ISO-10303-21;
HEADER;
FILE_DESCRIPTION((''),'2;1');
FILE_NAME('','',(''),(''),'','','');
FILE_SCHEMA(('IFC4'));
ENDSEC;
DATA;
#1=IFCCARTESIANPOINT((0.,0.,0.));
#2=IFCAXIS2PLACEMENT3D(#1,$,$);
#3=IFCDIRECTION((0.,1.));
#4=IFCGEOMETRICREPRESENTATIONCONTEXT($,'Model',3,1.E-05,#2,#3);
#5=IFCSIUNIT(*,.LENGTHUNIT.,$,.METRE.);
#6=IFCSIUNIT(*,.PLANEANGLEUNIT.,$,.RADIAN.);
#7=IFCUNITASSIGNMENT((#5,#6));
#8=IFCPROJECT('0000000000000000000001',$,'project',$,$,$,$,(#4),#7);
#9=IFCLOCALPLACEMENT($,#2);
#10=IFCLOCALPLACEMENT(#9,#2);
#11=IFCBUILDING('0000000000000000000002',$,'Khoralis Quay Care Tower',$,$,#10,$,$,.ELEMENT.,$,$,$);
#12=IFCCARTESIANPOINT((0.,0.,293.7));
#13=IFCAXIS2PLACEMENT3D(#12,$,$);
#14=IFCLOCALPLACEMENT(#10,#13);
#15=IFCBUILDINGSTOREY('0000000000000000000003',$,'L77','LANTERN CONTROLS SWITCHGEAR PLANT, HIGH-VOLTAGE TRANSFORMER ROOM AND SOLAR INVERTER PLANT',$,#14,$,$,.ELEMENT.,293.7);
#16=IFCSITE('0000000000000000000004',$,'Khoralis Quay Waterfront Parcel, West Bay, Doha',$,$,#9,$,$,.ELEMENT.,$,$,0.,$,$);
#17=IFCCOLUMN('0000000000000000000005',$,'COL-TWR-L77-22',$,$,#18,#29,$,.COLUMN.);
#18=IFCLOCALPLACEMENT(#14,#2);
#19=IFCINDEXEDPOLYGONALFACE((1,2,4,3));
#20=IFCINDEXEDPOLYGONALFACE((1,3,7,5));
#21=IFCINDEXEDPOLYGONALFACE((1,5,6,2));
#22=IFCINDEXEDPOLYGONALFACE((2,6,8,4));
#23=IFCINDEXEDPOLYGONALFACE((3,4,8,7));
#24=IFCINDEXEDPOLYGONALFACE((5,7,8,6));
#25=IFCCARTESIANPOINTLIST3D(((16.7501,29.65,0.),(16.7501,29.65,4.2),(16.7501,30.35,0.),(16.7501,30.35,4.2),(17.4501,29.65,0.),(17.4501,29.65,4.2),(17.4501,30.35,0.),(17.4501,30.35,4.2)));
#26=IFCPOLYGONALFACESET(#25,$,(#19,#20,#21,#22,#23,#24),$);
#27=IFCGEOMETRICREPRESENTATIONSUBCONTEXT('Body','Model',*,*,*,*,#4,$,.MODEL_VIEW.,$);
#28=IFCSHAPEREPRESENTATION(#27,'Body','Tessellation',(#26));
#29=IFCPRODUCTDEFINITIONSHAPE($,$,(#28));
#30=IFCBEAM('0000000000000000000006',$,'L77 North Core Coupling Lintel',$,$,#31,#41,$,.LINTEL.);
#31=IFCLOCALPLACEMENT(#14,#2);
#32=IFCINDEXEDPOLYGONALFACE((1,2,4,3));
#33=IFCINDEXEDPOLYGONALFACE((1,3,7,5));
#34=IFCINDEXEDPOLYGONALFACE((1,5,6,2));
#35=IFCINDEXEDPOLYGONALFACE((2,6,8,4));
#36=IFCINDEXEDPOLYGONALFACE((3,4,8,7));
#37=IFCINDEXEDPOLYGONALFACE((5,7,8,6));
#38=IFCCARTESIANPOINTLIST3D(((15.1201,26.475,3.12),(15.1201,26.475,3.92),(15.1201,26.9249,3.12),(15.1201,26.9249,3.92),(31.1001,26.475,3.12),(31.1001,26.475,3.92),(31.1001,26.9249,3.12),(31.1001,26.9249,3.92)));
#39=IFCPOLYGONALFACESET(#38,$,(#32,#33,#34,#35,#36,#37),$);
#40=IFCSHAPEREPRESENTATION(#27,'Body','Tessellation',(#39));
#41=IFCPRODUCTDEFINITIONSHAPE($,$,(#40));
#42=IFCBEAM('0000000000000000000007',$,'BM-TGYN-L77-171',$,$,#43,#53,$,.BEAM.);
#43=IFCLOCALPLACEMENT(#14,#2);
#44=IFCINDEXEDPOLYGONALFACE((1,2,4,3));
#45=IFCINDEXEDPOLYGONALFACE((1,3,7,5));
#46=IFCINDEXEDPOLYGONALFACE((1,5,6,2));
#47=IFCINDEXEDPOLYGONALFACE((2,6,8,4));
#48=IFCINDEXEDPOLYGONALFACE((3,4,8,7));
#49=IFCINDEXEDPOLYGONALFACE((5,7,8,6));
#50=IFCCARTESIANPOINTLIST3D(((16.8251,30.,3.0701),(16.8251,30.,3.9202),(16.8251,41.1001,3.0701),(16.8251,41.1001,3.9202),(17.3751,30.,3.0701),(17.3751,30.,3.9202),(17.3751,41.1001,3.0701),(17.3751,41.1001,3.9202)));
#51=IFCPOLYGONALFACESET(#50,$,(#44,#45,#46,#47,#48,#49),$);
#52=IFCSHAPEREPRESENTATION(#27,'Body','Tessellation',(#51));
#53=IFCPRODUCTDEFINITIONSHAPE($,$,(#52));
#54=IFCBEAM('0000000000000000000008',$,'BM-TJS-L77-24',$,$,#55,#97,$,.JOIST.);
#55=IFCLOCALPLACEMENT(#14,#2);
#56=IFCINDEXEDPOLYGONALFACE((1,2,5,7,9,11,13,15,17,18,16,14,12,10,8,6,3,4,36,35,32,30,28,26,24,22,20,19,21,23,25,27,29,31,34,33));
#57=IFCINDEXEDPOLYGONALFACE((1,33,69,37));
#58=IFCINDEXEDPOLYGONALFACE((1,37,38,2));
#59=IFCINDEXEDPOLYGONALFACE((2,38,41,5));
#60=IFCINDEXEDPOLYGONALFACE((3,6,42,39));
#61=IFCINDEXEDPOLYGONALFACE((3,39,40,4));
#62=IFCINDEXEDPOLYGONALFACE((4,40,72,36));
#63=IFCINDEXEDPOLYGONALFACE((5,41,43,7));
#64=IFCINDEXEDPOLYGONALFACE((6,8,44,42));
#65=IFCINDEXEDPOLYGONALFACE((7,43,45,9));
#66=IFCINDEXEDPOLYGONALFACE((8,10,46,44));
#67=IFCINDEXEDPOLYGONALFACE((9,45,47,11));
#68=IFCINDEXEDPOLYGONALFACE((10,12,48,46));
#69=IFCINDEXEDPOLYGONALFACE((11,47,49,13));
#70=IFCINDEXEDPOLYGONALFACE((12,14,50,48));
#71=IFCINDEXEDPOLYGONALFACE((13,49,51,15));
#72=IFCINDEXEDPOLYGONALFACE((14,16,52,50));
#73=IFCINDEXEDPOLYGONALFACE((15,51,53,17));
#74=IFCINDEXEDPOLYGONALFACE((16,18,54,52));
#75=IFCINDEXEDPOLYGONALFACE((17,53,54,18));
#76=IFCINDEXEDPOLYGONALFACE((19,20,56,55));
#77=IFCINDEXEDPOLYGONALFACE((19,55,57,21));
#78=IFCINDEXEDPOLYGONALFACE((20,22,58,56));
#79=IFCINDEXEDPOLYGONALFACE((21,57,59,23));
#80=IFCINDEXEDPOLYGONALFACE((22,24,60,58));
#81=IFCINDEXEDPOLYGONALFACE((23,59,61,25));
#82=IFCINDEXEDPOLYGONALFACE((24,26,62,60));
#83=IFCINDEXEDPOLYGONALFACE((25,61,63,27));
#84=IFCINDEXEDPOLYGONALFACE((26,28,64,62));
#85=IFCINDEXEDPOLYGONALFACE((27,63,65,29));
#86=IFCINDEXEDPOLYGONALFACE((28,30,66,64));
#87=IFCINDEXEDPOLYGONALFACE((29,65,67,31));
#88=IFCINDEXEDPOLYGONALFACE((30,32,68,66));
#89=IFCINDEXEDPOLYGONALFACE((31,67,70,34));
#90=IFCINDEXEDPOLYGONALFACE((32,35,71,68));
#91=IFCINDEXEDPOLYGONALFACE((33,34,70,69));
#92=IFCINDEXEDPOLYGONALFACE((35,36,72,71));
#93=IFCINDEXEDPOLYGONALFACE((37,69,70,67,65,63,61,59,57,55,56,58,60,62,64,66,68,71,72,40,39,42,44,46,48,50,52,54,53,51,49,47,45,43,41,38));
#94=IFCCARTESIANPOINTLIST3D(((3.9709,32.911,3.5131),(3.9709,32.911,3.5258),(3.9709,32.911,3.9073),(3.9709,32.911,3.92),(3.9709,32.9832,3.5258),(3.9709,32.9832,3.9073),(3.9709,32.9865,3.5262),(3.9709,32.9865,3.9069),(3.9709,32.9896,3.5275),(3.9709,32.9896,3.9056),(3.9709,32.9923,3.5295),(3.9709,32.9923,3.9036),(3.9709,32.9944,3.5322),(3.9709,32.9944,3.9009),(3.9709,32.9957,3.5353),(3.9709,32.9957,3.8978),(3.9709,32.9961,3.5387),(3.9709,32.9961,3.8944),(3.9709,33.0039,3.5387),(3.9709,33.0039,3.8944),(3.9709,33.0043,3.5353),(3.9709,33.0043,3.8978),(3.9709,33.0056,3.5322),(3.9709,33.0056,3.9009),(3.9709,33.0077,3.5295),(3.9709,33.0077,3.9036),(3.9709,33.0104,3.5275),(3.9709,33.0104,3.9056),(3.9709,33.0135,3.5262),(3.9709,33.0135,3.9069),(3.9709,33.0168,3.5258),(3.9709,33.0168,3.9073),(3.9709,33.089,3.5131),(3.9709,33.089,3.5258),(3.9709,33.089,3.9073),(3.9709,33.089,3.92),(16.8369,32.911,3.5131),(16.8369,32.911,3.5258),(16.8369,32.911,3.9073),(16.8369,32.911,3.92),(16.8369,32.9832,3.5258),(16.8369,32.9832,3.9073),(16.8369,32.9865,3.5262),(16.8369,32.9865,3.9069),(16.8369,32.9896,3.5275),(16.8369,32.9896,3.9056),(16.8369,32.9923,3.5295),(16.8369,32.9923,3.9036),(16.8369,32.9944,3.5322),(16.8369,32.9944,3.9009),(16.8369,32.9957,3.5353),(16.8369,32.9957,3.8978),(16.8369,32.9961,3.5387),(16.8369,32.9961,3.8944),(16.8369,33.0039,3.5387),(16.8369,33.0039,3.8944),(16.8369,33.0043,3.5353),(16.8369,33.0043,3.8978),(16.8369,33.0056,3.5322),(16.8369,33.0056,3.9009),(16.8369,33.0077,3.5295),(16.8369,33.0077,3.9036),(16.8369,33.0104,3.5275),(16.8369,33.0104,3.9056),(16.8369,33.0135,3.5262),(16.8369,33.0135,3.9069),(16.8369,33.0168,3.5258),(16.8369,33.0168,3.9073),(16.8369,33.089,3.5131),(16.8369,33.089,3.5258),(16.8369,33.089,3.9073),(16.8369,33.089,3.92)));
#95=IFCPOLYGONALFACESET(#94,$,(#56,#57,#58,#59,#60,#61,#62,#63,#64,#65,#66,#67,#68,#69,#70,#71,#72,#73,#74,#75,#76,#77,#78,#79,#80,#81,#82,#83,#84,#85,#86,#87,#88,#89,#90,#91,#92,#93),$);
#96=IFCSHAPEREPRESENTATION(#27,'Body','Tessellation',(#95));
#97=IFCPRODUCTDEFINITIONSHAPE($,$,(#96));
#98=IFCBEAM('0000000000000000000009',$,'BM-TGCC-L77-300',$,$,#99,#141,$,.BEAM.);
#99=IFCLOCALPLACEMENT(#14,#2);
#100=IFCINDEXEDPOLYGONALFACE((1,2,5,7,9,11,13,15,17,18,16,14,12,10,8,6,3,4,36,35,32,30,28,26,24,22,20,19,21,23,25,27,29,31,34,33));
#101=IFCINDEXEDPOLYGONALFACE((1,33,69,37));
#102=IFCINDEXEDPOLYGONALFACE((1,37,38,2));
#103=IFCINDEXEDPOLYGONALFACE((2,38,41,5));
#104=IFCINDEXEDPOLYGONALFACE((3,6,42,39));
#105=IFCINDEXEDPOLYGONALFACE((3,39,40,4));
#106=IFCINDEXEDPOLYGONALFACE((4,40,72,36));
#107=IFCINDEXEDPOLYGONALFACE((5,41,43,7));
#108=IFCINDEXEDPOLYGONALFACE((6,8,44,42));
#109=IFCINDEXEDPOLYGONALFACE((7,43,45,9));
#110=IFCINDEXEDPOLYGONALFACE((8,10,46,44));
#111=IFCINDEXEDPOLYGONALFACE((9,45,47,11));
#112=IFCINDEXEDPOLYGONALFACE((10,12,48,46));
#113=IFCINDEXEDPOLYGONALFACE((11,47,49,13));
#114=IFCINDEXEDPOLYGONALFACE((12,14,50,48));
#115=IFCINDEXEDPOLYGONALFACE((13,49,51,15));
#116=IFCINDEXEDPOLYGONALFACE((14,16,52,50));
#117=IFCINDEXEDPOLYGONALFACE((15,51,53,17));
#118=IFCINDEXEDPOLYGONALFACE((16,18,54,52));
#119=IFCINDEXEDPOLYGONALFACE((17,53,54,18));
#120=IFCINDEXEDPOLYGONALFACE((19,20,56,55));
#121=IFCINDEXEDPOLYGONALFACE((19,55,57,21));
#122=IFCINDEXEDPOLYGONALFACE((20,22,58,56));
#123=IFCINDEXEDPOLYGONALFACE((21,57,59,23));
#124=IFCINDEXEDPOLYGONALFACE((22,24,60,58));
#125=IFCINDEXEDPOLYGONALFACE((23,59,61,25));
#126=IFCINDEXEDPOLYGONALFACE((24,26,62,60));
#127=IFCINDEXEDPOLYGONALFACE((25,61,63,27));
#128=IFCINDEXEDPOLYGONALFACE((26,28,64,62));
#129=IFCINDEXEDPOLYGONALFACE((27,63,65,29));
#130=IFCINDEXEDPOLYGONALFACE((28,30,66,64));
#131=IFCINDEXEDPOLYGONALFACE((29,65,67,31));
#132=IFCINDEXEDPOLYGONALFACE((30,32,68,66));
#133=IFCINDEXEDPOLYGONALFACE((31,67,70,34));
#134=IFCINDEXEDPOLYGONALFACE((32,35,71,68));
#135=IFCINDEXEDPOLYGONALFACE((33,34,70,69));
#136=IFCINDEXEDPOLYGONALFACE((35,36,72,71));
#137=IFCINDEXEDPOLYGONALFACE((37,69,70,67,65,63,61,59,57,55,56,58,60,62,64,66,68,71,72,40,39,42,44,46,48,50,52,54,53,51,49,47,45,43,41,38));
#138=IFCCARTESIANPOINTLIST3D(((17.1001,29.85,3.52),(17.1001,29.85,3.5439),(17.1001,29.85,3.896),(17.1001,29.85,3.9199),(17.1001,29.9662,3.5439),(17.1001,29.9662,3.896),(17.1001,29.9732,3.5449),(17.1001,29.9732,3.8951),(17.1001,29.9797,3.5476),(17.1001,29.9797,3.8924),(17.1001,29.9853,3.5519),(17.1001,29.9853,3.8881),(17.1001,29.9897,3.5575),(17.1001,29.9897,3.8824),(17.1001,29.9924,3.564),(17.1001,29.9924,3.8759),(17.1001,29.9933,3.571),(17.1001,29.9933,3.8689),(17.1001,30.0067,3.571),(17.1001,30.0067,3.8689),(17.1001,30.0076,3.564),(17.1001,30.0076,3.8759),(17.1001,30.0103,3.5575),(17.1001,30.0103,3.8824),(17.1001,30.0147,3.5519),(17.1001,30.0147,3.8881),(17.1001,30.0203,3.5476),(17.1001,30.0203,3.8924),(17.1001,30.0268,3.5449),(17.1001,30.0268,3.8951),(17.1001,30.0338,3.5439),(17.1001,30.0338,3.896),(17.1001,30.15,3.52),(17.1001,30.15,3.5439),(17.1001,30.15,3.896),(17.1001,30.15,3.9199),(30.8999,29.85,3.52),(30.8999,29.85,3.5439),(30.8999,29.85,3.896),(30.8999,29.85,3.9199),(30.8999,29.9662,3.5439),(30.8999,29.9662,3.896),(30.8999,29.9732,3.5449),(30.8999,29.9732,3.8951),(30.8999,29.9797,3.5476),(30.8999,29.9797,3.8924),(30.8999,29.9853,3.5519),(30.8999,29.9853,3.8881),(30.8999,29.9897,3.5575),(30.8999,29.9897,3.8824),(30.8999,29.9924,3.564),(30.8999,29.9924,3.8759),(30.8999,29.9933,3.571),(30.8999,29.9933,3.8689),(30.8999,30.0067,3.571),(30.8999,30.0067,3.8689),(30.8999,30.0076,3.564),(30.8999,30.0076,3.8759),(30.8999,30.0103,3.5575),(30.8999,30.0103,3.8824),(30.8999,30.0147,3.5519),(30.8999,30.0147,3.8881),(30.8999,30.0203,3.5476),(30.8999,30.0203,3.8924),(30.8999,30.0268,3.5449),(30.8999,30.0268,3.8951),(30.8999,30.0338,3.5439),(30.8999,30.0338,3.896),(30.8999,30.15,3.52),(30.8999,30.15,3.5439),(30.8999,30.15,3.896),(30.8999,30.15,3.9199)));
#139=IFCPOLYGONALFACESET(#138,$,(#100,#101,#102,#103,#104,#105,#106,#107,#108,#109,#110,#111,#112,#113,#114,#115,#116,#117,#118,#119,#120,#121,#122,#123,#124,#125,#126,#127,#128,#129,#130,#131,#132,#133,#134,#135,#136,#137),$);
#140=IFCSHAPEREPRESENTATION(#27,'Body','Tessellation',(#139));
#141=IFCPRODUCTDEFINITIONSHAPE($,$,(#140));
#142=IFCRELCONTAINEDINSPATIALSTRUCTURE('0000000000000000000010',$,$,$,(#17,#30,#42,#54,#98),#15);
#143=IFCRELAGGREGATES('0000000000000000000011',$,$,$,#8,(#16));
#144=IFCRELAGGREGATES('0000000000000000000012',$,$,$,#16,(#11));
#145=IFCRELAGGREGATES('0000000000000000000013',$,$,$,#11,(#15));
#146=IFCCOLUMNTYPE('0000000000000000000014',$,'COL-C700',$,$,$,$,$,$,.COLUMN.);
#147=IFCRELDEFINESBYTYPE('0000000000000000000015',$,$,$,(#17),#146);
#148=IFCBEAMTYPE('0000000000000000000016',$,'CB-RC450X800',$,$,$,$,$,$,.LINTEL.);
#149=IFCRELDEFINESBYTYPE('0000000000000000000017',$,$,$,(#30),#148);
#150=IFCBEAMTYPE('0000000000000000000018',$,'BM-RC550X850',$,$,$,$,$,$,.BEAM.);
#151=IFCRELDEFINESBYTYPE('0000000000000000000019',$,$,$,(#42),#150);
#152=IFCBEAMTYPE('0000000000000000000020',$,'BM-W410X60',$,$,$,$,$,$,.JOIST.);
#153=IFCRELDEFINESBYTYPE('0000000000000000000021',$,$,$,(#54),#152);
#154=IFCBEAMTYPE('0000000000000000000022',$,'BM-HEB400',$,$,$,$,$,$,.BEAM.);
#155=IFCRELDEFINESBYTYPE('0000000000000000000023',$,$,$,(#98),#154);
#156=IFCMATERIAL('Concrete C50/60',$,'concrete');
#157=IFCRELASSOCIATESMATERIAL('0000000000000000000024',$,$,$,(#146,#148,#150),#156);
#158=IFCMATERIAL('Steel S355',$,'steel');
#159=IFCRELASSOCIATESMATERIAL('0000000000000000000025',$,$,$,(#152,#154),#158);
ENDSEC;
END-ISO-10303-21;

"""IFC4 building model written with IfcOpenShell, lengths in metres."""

from ifc_helpers import new_model, si_unit, direction, frame, origin, origin_2d, place, context, subcontext, project, spatial, rectangle, i_section, extrude, source, transform, mapped, material, material_profile, profile_set, type_object, element, save


model = new_model("IFC4")

# Units and contexts
model_context = context("Model", 3, precision=1e-05, world=origin(), true_north=direction((0.0, 1.0)))
body_context = subcontext(model_context, "Body", "Model", "MODEL_VIEW")
ifc_project = project(units=[si_unit("LENGTHUNIT", "METRE"), si_unit("PLANEANGLEUNIT", "RADIAN")], contexts=[model_context])

# Site, building, storey
site_placement = place(None, origin())
site = spatial("IfcSite", under=ifc_project, at=site_placement, Name="Khoralis Quay Waterfront Parcel, West Bay, Doha", CompositionType="ELEMENT", RefElevation=0.0)
building_placement = place(site_placement, origin())
building = spatial("IfcBuilding", under=site, at=building_placement, Name="Khoralis Quay Care Tower", CompositionType="ELEMENT")
storey_placement = place(building_placement, frame((0.0, 0.0, 293.7)))
storey = spatial("IfcBuildingStorey", under=building, at=storey_placement, Name="L77", Description="LANTERN CONTROLS SWITCHGEAR PLANT, HIGH-VOLTAGE TRANSFORMER ROOM AND SOLAR INVERTER PLANT", CompositionType="ELEMENT", Elevation=293.7)

# Column
ifc_material_1 = material(Name="Concrete C50/60", Category="concrete")
ifc_material_profile_1 = material_profile(ifc_material_1, rectangle(XDim=0.7, YDim=0.7, at=origin_2d()), Name="Concrete C50/60")
ifc_profile_set_1 = profile_set([ifc_material_profile_1], Name="Concrete C50/60")
column_type = type_object("IfcColumnType", Name="COL-C700", PredefinedType="COLUMN", material=ifc_profile_set_1)
shared_shape_1 = source(origin(), body_context, "Body", "SweptSolid", [
    extrude(rectangle(XDim=0.7, YDim=0.7, at=origin_2d()), origin(), (0.0, 0.0, 1.0), 4.2),
])
column_placement = place(storey_placement, frame((17.1001, 30.0, 0.0), z_axis=(0.0, 0.0, 1.0), x_axis=(1.0, 0.0, 0.0)))
element("IfcColumn", 1, at=column_placement, inside=storey, type_object=column_type, Name="COL-TWR-L77-22", PredefinedType="COLUMN", context=body_context, shape_type="MappedRepresentation", body=[
    mapped(shared_shape_1, transform((0.0, 0.0, 0.0), scale=1.0)),
])

# Beams
ifc_material_profile_2 = material_profile(ifc_material_1, rectangle(XDim=0.45, YDim=0.8, at=origin_2d()), Name="Concrete C50/60")
ifc_profile_set_2 = profile_set([ifc_material_profile_2], Name="Concrete C50/60")
beam_type_1 = type_object("IfcBeamType", Name="CB-RC450X800", PredefinedType="LINTEL", material=ifc_profile_set_2)
shared_shape_2 = source(origin(), body_context, "Body", "SweptSolid", [
    extrude(rectangle(XDim=0.45, YDim=0.8, at=origin_2d()), origin(), (0.0, 0.0, 1.0), 15.98),
])
beam_1_placement = place(storey_placement, frame((15.1201, 26.7, 3.52), z_axis=(1.0, 0.0, 0.0), x_axis=(0.0, 1.0, 0.0)))
element("IfcBeam", 2, at=beam_1_placement, inside=storey, type_object=beam_type_1, Name="L77 North Core Coupling Lintel", PredefinedType="LINTEL", context=body_context, shape_type="MappedRepresentation", body=[
    mapped(shared_shape_2, transform((0.0, 0.0, 0.0), scale=1.0)),
])
ifc_material_profile_3 = material_profile(ifc_material_1, rectangle(XDim=0.55, YDim=0.8501, at=origin_2d()), Name="Concrete C50/60")
ifc_profile_set_3 = profile_set([ifc_material_profile_3], Name="Concrete C50/60")
beam_type_2 = type_object("IfcBeamType", Name="BM-RC550X850", PredefinedType="BEAM", material=ifc_profile_set_3)
shared_shape_3 = source(origin(), body_context, "Body", "SweptSolid", [
    extrude(rectangle(XDim=0.55, YDim=0.8501, at=origin_2d()), origin(), (0.0, 0.0, 1.0), 11.1001),
])
beam_2_placement = place(storey_placement, frame((17.1001, 30.0, 3.4951), z_axis=(0.0, 1.0, 0.0), x_axis=(-1.0, 0.0, 0.0)))
element("IfcBeam", 3, at=beam_2_placement, inside=storey, type_object=beam_type_2, Name="BM-TGYN-L77-171", PredefinedType="BEAM", context=body_context, shape_type="MappedRepresentation", body=[
    mapped(shared_shape_3, transform((0.0, 0.0, 0.0), scale=1.0)),
])
ifc_material_2 = material(Name="Steel S355", Category="steel")
ifc_material_profile_4 = material_profile(ifc_material_2, i_section(OverallWidth=0.178, OverallDepth=0.407, WebThickness=0.0078, FlangeThickness=0.0127, FilletRadius=0.0129, at=origin_2d()), Name="Steel S355")
ifc_profile_set_4 = profile_set([ifc_material_profile_4], Name="Steel S355")
beam_type_3 = type_object("IfcBeamType", Name="BM-W410X60", PredefinedType="JOIST", material=ifc_profile_set_4)
shared_shape_4 = source(origin(), body_context, "Body", "SweptSolid", [
    extrude(i_section(OverallWidth=0.178, OverallDepth=0.407, WebThickness=0.0078, FlangeThickness=0.0127, FilletRadius=0.0129, at=origin_2d()), origin(), (0.0, 0.0, 1.0), 12.866),
])
beam_3_placement = place(storey_placement, frame((3.9709, 33.0, 3.7166), z_axis=(1.0, 0.0, 0.0), x_axis=(0.0, 1.0, 0.0)))
element("IfcBeam", 4, at=beam_3_placement, inside=storey, type_object=beam_type_3, Name="BM-TJS-L77-24", PredefinedType="JOIST", context=body_context, shape_type="MappedRepresentation", body=[
    mapped(shared_shape_4, transform((0.0, 0.0, 0.0), scale=1.0)),
])
ifc_material_profile_5 = material_profile(ifc_material_2, i_section(OverallWidth=0.3, OverallDepth=0.3999, WebThickness=0.0134, FlangeThickness=0.0239, FilletRadius=0.0271, at=origin_2d()), Name="Steel S355")
ifc_profile_set_5 = profile_set([ifc_material_profile_5], Name="Steel S355")
beam_type_4 = type_object("IfcBeamType", Name="BM-HEB400", PredefinedType="BEAM", material=ifc_profile_set_5)
shared_shape_5 = source(origin(), body_context, "Body", "SweptSolid", [
    extrude(i_section(OverallWidth=0.3, OverallDepth=0.3999, WebThickness=0.0134, FlangeThickness=0.0239, FilletRadius=0.0271, at=origin_2d()), origin(), (0.0, 0.0, 1.0), 13.7998),
])
beam_4_placement = place(storey_placement, frame((17.1001, 30.0, 3.72), z_axis=(1.0, 0.0, 0.0), x_axis=(0.0, 1.0, 0.0)))
element("IfcBeam", 5, at=beam_4_placement, inside=storey, type_object=beam_type_4, Name="BM-TGCC-L77-300", PredefinedType="BEAM", context=body_context, shape_type="MappedRepresentation", body=[
    mapped(shared_shape_5, transform((0.0, 0.0, 0.0), scale=1.0)),
])

save(model, "model.ifc")
